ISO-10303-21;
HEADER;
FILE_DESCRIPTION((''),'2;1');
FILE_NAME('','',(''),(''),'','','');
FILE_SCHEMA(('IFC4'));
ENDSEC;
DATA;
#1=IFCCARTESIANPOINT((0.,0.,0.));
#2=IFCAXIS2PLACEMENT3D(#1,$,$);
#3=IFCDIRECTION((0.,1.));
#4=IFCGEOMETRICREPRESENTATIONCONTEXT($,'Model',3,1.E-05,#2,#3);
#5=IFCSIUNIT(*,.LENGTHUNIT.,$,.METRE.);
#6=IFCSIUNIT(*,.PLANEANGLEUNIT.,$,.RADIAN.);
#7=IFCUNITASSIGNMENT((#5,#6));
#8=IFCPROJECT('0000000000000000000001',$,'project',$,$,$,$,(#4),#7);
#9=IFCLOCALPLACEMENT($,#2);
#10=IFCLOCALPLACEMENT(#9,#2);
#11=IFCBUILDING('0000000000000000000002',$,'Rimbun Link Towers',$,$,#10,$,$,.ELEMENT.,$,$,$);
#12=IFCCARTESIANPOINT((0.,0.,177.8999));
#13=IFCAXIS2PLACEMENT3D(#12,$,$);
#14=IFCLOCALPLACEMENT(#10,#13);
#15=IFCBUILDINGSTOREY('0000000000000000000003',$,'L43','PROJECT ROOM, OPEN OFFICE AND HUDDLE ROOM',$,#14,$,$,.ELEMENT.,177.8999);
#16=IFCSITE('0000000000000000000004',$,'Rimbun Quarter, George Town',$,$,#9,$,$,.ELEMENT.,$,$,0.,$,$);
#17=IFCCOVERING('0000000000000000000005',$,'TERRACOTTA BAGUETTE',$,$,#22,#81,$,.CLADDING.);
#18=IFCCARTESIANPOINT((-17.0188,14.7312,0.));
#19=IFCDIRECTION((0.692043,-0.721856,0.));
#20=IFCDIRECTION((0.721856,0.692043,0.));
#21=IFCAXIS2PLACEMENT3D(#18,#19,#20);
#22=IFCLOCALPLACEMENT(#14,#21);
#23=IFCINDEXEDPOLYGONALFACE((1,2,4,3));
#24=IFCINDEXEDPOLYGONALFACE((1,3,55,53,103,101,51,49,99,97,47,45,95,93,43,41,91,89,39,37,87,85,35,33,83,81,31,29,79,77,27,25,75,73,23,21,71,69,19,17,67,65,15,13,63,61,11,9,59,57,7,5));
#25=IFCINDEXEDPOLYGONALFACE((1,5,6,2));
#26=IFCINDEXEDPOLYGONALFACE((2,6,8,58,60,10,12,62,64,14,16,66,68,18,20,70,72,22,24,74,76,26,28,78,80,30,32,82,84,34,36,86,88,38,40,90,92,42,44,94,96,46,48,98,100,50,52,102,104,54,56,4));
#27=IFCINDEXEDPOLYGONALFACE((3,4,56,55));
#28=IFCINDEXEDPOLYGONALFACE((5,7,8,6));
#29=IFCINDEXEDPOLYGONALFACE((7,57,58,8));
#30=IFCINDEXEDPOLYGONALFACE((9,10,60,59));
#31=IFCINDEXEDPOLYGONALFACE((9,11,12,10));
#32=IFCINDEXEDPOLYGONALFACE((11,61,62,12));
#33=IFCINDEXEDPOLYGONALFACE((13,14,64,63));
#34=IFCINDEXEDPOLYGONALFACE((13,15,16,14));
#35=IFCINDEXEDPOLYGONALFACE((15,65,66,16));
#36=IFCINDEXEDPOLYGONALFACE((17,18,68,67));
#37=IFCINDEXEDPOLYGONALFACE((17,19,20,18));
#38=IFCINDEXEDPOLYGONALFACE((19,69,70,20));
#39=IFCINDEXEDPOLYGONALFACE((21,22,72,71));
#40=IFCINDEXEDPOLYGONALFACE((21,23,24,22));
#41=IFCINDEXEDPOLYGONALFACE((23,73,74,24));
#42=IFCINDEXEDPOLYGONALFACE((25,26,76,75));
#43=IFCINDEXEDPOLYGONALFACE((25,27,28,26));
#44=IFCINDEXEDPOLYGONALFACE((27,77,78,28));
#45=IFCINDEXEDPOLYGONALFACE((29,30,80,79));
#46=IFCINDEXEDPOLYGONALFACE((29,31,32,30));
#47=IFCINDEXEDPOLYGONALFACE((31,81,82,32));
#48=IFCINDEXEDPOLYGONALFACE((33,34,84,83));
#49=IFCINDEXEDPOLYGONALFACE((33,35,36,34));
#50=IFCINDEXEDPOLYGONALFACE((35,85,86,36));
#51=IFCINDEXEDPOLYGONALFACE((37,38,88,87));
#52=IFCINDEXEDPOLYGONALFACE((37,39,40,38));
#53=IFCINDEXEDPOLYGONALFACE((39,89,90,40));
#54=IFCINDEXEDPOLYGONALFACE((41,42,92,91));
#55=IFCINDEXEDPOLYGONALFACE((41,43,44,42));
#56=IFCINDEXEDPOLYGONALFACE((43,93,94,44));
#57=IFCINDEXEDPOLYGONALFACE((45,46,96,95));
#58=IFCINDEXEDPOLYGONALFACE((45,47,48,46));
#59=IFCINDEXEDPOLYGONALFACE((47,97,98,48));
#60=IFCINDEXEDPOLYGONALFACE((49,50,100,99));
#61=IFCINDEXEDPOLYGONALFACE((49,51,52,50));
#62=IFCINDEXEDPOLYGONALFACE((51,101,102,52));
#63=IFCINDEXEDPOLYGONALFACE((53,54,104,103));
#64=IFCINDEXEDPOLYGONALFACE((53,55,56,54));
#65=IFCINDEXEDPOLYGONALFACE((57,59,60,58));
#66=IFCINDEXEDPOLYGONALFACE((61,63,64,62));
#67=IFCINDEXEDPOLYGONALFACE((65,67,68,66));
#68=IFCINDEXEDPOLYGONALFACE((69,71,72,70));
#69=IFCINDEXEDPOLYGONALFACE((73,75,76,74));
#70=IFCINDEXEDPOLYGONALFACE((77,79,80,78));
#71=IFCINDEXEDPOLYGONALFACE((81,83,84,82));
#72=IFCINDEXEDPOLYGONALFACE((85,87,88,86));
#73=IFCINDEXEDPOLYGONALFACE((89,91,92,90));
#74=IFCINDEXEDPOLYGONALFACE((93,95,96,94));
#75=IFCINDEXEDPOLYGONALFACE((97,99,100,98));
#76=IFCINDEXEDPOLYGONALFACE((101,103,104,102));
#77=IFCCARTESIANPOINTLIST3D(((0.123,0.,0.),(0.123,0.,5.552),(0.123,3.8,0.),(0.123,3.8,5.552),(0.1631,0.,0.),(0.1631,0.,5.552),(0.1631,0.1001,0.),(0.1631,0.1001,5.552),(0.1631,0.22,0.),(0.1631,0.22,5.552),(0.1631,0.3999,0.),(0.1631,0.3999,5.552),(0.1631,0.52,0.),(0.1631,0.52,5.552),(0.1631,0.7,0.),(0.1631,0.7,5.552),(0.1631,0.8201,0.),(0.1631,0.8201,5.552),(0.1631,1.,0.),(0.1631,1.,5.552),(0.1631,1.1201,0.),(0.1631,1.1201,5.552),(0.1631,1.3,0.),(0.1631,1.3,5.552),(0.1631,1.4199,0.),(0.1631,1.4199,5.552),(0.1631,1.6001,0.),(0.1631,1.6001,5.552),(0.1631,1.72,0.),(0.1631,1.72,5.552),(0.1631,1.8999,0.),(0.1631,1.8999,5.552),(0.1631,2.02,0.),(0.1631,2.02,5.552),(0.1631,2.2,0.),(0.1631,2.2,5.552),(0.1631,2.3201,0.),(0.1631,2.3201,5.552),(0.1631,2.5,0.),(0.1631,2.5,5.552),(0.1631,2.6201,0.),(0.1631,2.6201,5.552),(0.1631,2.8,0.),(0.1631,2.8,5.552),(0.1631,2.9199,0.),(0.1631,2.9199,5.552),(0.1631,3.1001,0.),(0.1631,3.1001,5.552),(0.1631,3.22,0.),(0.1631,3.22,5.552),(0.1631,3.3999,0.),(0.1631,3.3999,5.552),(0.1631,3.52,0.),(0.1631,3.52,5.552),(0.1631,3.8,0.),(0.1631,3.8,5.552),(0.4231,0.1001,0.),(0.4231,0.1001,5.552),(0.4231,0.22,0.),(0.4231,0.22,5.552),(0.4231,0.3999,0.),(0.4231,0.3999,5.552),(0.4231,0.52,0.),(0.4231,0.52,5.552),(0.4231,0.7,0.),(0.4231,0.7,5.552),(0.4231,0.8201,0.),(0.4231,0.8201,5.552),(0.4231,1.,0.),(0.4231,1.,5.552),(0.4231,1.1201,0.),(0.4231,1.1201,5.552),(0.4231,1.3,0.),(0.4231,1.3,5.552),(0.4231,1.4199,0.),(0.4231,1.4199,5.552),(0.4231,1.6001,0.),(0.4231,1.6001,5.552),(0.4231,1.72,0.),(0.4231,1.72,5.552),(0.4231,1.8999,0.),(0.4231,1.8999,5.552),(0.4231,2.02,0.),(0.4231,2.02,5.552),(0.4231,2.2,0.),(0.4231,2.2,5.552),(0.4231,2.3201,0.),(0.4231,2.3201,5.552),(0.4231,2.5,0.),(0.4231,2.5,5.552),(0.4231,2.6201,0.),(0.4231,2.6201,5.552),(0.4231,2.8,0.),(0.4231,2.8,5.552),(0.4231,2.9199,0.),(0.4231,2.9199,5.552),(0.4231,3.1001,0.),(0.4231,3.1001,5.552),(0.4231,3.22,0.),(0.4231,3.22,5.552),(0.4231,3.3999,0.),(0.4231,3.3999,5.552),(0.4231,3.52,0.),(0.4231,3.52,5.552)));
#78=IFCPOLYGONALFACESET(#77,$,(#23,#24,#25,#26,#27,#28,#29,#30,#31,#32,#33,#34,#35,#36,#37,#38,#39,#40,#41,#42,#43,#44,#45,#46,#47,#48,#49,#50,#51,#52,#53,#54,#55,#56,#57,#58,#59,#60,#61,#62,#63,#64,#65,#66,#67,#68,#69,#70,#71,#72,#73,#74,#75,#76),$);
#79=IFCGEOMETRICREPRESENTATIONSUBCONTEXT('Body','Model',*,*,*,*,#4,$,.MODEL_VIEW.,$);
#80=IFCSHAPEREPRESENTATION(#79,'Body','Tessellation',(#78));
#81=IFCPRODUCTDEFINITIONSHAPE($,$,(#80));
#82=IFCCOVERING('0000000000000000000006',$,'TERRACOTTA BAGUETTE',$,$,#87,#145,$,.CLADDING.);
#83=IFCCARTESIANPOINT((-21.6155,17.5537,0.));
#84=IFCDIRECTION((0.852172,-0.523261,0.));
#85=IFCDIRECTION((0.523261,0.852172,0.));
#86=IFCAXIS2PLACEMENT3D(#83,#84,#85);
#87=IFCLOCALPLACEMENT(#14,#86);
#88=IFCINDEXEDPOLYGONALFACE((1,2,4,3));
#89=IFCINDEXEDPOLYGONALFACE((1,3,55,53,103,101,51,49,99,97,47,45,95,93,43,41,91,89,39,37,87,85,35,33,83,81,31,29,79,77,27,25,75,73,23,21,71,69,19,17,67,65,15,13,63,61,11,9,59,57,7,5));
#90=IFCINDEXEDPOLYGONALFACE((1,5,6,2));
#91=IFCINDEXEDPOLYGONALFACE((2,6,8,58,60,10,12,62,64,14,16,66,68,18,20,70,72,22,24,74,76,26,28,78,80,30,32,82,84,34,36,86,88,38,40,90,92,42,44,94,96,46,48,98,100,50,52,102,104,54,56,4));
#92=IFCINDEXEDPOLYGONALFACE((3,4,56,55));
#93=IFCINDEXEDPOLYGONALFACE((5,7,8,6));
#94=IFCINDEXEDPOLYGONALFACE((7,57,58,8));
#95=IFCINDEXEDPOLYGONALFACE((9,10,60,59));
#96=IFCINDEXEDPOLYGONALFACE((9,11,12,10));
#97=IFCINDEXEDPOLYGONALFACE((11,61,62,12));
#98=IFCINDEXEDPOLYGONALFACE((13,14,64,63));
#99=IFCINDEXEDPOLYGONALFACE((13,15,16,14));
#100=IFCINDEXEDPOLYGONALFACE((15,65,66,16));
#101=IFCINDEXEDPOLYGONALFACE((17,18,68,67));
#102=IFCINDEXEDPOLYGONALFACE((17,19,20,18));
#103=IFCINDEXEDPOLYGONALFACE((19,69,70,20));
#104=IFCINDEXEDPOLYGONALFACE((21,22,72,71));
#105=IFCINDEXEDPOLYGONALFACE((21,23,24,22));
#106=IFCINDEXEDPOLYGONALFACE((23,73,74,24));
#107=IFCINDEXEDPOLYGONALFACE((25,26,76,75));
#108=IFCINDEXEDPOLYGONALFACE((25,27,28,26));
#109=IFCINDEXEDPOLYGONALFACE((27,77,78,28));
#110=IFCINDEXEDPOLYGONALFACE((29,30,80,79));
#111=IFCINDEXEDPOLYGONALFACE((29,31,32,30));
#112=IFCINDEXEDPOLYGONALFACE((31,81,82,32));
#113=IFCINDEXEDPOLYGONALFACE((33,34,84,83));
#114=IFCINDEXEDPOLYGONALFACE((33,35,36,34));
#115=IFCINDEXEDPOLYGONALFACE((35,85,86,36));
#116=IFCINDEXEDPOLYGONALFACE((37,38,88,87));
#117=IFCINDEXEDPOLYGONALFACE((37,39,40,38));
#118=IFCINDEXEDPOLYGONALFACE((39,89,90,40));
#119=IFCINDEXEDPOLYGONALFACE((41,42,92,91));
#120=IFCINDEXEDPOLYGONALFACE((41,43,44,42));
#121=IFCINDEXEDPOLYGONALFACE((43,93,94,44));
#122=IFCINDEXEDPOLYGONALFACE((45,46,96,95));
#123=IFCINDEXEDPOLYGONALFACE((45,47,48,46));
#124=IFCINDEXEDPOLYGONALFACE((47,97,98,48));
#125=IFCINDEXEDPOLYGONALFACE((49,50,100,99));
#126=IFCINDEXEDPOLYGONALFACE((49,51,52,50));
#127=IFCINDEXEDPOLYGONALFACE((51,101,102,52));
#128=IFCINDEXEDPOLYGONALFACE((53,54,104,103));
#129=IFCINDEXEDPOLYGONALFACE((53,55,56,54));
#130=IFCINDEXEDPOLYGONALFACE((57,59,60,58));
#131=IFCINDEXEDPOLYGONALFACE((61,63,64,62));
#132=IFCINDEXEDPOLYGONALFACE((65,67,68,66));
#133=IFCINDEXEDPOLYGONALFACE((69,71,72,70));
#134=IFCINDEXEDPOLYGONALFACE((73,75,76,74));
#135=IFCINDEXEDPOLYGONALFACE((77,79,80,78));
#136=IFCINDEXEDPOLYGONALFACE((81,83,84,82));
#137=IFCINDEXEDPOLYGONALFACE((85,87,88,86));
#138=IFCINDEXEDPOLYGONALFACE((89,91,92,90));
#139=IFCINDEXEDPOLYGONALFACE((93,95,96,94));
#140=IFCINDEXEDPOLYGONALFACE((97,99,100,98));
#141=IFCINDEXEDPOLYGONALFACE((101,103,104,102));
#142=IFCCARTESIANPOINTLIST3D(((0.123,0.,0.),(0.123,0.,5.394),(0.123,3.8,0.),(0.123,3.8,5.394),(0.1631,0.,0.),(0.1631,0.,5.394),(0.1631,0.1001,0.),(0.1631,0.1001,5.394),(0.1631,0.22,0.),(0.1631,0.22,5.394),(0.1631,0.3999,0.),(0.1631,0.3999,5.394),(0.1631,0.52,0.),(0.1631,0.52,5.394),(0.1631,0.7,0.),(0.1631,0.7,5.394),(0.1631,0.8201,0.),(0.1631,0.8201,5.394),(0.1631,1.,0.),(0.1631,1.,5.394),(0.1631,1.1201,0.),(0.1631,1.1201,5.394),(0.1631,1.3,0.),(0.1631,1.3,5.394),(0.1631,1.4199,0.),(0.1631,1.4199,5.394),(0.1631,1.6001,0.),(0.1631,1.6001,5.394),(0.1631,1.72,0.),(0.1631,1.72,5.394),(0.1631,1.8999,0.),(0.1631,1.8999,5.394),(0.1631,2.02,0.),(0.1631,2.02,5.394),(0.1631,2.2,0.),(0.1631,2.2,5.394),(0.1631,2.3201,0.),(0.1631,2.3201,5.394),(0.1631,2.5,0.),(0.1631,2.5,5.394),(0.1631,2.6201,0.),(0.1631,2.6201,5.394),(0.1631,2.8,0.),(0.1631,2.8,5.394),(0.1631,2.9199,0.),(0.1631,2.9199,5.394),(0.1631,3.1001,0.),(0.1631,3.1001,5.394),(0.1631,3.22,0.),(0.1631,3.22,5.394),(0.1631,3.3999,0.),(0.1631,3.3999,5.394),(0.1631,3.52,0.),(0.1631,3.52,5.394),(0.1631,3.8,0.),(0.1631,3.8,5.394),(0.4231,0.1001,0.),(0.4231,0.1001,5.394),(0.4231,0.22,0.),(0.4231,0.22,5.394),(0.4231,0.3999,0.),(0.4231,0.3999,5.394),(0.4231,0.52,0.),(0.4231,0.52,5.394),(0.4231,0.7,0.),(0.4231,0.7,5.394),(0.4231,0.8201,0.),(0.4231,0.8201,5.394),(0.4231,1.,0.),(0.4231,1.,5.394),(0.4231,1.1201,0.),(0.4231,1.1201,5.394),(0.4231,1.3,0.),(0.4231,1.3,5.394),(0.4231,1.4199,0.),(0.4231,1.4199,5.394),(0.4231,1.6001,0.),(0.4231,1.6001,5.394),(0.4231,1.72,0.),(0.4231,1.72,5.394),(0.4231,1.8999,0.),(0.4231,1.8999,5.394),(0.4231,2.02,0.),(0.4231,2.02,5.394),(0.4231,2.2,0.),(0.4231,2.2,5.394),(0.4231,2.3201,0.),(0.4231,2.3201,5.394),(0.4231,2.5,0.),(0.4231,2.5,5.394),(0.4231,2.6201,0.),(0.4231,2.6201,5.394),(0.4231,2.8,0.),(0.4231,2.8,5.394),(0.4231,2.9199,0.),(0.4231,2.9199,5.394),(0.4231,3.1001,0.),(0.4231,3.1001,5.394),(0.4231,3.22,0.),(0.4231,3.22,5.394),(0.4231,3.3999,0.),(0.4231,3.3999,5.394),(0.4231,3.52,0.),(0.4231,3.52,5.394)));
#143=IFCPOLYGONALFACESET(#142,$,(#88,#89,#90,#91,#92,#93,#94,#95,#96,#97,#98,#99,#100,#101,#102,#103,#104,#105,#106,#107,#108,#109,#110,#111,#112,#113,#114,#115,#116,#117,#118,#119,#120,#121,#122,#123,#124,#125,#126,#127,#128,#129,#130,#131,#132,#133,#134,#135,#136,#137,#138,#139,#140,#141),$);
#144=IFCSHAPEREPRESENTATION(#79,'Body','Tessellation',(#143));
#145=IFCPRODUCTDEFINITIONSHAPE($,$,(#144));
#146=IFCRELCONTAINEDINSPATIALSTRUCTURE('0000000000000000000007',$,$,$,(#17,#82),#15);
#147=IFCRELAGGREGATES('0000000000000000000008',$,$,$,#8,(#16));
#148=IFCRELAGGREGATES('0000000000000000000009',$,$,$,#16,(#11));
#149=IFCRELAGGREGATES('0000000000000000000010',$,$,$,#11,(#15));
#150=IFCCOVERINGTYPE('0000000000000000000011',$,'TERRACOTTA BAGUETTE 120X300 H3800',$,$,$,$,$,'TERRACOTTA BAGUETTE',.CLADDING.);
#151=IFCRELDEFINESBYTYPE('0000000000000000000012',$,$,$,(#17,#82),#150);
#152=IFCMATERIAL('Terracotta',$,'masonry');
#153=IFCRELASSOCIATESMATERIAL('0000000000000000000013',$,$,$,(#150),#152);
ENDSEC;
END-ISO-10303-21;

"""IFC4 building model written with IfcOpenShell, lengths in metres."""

from ifc_helpers import new_model, si_unit, direction, frame, origin, place, context, subcontext, project, spatial, polyline, outline, extrude, material, material_profile, profile_set, type_object, element, save


model = new_model("IFC4")

# Units and contexts
model_context = context("Model", 3, precision=1e-05, world=origin(), true_north=direction((0.0, 1.0)))
body_context = subcontext(model_context, "Body", "Model", "MODEL_VIEW")
ifc_project = project(units=[si_unit("LENGTHUNIT", "METRE"), si_unit("PLANEANGLEUNIT", "RADIAN")], contexts=[model_context])

# Site, building, storey
site_placement = place(None, origin())
site = spatial("IfcSite", under=ifc_project, at=site_placement, Name="Rimbun Quarter, George Town", CompositionType="ELEMENT", RefElevation=0.0)
building_placement = place(site_placement, origin())
building = spatial("IfcBuilding", under=site, at=building_placement, Name="Rimbun Link Towers", CompositionType="ELEMENT")
storey_placement = place(building_placement, frame((0.0, 0.0, 177.8999)))
storey = spatial("IfcBuildingStorey", under=building, at=storey_placement, Name="L43", Description="PROJECT ROOM, OPEN OFFICE AND HUDDLE ROOM", CompositionType="ELEMENT", Elevation=177.8999)

# Coverings
ifc_material_1 = material(Name="Terracotta", Category="masonry")
ifc_material_profile_1 = material_profile(ifc_material_1, outline(polyline([(0.123, 0.0), (0.1631, 0.0), (0.1631, 0.1001), (0.4231, 0.1001), (0.4231, 0.22), (0.1631, 0.22), (0.1631, 0.3999), (0.4231, 0.3999), (0.4231, 0.52), (0.1631, 0.52), (0.1631, 0.7), (0.4231, 0.7), (0.4231, 0.8201), (0.1631, 0.8201), (0.1631, 1.0), (0.4231, 1.0), (0.4231, 1.1201), (0.1631, 1.1201), (0.1631, 1.3), (0.4231, 1.3), (0.4231, 1.4199), (0.1631, 1.4199), (0.1631, 1.6001), (0.4231, 1.6001), (0.4231, 1.72), (0.1631, 1.72), (0.1631, 1.8999), (0.4231, 1.8999), (0.4231, 2.02), (0.1631, 2.02), (0.1631, 2.2), (0.4231, 2.2), (0.4231, 2.3201), (0.1631, 2.3201), (0.1631, 2.5), (0.4231, 2.5), (0.4231, 2.6201), (0.1631, 2.6201), (0.1631, 2.8), (0.4231, 2.8), (0.4231, 2.9199), (0.1631, 2.9199), (0.1631, 3.1001), (0.4231, 3.1001), (0.4231, 3.22), (0.1631, 3.22), (0.1631, 3.3999), (0.4231, 3.3999), (0.4231, 3.52), (0.1631, 3.52), (0.1631, 3.8), (0.123, 3.8), (0.123, 0.0)])), Name="BAGUETTE 120X300")
ifc_profile_set_1 = profile_set([ifc_material_profile_1], Name="Terracotta")
covering_type = type_object("IfcCoveringType", Name="TERRACOTTA BAGUETTE 120X300 H3800", ElementType="TERRACOTTA BAGUETTE", PredefinedType="CLADDING", material=ifc_profile_set_1)
covering_1_placement = place(storey_placement, frame((-17.0188, 14.7312, 0.0), z_axis=(0.692043, -0.721856, 0.0), x_axis=(0.721856, 0.692043, 0.0)))
element("IfcCovering", 1, at=covering_1_placement, inside=storey, type_object=covering_type, Name="TERRACOTTA BAGUETTE", PredefinedType="CLADDING", context=body_context, shape_type="SweptSolid", body=[
    extrude(outline(polyline([(0.123, 0.0), (0.1631, 0.0), (0.1631, 0.1001), (0.4231, 0.1001), (0.4231, 0.22), (0.1631, 0.22), (0.1631, 0.3999), (0.4231, 0.3999), (0.4231, 0.52), (0.1631, 0.52), (0.1631, 0.7), (0.4231, 0.7), (0.4231, 0.8201), (0.1631, 0.8201), (0.1631, 1.0), (0.4231, 1.0), (0.4231, 1.1201), (0.1631, 1.1201), (0.1631, 1.3), (0.4231, 1.3), (0.4231, 1.4199), (0.1631, 1.4199), (0.1631, 1.6001), (0.4231, 1.6001), (0.4231, 1.72), (0.1631, 1.72), (0.1631, 1.8999), (0.4231, 1.8999), (0.4231, 2.02), (0.1631, 2.02), (0.1631, 2.2), (0.4231, 2.2), (0.4231, 2.3201), (0.1631, 2.3201), (0.1631, 2.5), (0.4231, 2.5), (0.4231, 2.6201), (0.1631, 2.6201), (0.1631, 2.8), (0.4231, 2.8), (0.4231, 2.9199), (0.1631, 2.9199), (0.1631, 3.1001), (0.4231, 3.1001), (0.4231, 3.22), (0.1631, 3.22), (0.1631, 3.3999), (0.4231, 3.3999), (0.4231, 3.52), (0.1631, 3.52), (0.1631, 3.8), (0.123, 3.8), (0.123, 0.0)])), origin(), (0.0, 0.0, 1.0), 5.552),
])
covering_2_placement = place(storey_placement, frame((-21.6155, 17.5537, 0.0), z_axis=(0.852172, -0.523261, 0.0), x_axis=(0.523261, 0.852172, 0.0)))
element("IfcCovering", 2, at=covering_2_placement, inside=storey, type_object=covering_type, Name="TERRACOTTA BAGUETTE", PredefinedType="CLADDING", context=body_context, shape_type="SweptSolid", body=[
    extrude(outline(polyline([(0.123, 0.0), (0.1631, 0.0), (0.1631, 0.1001), (0.4231, 0.1001), (0.4231, 0.22), (0.1631, 0.22), (0.1631, 0.3999), (0.4231, 0.3999), (0.4231, 0.52), (0.1631, 0.52), (0.1631, 0.7), (0.4231, 0.7), (0.4231, 0.8201), (0.1631, 0.8201), (0.1631, 1.0), (0.4231, 1.0), (0.4231, 1.1201), (0.1631, 1.1201), (0.1631, 1.3), (0.4231, 1.3), (0.4231, 1.4199), (0.1631, 1.4199), (0.1631, 1.6001), (0.4231, 1.6001), (0.4231, 1.72), (0.1631, 1.72), (0.1631, 1.8999), (0.4231, 1.8999), (0.4231, 2.02), (0.1631, 2.02), (0.1631, 2.2), (0.4231, 2.2), (0.4231, 2.3201), (0.1631, 2.3201), (0.1631, 2.5), (0.4231, 2.5), (0.4231, 2.6201), (0.1631, 2.6201), (0.1631, 2.8), (0.4231, 2.8), (0.4231, 2.9199), (0.1631, 2.9199), (0.1631, 3.1001), (0.4231, 3.1001), (0.4231, 3.22), (0.1631, 3.22), (0.1631, 3.3999), (0.4231, 3.3999), (0.4231, 3.52), (0.1631, 3.52), (0.1631, 3.8), (0.123, 3.8), (0.123, 0.0)])), origin(), (0.0, 0.0, 1.0), 5.394),
])

save(model, "model.ifc")
